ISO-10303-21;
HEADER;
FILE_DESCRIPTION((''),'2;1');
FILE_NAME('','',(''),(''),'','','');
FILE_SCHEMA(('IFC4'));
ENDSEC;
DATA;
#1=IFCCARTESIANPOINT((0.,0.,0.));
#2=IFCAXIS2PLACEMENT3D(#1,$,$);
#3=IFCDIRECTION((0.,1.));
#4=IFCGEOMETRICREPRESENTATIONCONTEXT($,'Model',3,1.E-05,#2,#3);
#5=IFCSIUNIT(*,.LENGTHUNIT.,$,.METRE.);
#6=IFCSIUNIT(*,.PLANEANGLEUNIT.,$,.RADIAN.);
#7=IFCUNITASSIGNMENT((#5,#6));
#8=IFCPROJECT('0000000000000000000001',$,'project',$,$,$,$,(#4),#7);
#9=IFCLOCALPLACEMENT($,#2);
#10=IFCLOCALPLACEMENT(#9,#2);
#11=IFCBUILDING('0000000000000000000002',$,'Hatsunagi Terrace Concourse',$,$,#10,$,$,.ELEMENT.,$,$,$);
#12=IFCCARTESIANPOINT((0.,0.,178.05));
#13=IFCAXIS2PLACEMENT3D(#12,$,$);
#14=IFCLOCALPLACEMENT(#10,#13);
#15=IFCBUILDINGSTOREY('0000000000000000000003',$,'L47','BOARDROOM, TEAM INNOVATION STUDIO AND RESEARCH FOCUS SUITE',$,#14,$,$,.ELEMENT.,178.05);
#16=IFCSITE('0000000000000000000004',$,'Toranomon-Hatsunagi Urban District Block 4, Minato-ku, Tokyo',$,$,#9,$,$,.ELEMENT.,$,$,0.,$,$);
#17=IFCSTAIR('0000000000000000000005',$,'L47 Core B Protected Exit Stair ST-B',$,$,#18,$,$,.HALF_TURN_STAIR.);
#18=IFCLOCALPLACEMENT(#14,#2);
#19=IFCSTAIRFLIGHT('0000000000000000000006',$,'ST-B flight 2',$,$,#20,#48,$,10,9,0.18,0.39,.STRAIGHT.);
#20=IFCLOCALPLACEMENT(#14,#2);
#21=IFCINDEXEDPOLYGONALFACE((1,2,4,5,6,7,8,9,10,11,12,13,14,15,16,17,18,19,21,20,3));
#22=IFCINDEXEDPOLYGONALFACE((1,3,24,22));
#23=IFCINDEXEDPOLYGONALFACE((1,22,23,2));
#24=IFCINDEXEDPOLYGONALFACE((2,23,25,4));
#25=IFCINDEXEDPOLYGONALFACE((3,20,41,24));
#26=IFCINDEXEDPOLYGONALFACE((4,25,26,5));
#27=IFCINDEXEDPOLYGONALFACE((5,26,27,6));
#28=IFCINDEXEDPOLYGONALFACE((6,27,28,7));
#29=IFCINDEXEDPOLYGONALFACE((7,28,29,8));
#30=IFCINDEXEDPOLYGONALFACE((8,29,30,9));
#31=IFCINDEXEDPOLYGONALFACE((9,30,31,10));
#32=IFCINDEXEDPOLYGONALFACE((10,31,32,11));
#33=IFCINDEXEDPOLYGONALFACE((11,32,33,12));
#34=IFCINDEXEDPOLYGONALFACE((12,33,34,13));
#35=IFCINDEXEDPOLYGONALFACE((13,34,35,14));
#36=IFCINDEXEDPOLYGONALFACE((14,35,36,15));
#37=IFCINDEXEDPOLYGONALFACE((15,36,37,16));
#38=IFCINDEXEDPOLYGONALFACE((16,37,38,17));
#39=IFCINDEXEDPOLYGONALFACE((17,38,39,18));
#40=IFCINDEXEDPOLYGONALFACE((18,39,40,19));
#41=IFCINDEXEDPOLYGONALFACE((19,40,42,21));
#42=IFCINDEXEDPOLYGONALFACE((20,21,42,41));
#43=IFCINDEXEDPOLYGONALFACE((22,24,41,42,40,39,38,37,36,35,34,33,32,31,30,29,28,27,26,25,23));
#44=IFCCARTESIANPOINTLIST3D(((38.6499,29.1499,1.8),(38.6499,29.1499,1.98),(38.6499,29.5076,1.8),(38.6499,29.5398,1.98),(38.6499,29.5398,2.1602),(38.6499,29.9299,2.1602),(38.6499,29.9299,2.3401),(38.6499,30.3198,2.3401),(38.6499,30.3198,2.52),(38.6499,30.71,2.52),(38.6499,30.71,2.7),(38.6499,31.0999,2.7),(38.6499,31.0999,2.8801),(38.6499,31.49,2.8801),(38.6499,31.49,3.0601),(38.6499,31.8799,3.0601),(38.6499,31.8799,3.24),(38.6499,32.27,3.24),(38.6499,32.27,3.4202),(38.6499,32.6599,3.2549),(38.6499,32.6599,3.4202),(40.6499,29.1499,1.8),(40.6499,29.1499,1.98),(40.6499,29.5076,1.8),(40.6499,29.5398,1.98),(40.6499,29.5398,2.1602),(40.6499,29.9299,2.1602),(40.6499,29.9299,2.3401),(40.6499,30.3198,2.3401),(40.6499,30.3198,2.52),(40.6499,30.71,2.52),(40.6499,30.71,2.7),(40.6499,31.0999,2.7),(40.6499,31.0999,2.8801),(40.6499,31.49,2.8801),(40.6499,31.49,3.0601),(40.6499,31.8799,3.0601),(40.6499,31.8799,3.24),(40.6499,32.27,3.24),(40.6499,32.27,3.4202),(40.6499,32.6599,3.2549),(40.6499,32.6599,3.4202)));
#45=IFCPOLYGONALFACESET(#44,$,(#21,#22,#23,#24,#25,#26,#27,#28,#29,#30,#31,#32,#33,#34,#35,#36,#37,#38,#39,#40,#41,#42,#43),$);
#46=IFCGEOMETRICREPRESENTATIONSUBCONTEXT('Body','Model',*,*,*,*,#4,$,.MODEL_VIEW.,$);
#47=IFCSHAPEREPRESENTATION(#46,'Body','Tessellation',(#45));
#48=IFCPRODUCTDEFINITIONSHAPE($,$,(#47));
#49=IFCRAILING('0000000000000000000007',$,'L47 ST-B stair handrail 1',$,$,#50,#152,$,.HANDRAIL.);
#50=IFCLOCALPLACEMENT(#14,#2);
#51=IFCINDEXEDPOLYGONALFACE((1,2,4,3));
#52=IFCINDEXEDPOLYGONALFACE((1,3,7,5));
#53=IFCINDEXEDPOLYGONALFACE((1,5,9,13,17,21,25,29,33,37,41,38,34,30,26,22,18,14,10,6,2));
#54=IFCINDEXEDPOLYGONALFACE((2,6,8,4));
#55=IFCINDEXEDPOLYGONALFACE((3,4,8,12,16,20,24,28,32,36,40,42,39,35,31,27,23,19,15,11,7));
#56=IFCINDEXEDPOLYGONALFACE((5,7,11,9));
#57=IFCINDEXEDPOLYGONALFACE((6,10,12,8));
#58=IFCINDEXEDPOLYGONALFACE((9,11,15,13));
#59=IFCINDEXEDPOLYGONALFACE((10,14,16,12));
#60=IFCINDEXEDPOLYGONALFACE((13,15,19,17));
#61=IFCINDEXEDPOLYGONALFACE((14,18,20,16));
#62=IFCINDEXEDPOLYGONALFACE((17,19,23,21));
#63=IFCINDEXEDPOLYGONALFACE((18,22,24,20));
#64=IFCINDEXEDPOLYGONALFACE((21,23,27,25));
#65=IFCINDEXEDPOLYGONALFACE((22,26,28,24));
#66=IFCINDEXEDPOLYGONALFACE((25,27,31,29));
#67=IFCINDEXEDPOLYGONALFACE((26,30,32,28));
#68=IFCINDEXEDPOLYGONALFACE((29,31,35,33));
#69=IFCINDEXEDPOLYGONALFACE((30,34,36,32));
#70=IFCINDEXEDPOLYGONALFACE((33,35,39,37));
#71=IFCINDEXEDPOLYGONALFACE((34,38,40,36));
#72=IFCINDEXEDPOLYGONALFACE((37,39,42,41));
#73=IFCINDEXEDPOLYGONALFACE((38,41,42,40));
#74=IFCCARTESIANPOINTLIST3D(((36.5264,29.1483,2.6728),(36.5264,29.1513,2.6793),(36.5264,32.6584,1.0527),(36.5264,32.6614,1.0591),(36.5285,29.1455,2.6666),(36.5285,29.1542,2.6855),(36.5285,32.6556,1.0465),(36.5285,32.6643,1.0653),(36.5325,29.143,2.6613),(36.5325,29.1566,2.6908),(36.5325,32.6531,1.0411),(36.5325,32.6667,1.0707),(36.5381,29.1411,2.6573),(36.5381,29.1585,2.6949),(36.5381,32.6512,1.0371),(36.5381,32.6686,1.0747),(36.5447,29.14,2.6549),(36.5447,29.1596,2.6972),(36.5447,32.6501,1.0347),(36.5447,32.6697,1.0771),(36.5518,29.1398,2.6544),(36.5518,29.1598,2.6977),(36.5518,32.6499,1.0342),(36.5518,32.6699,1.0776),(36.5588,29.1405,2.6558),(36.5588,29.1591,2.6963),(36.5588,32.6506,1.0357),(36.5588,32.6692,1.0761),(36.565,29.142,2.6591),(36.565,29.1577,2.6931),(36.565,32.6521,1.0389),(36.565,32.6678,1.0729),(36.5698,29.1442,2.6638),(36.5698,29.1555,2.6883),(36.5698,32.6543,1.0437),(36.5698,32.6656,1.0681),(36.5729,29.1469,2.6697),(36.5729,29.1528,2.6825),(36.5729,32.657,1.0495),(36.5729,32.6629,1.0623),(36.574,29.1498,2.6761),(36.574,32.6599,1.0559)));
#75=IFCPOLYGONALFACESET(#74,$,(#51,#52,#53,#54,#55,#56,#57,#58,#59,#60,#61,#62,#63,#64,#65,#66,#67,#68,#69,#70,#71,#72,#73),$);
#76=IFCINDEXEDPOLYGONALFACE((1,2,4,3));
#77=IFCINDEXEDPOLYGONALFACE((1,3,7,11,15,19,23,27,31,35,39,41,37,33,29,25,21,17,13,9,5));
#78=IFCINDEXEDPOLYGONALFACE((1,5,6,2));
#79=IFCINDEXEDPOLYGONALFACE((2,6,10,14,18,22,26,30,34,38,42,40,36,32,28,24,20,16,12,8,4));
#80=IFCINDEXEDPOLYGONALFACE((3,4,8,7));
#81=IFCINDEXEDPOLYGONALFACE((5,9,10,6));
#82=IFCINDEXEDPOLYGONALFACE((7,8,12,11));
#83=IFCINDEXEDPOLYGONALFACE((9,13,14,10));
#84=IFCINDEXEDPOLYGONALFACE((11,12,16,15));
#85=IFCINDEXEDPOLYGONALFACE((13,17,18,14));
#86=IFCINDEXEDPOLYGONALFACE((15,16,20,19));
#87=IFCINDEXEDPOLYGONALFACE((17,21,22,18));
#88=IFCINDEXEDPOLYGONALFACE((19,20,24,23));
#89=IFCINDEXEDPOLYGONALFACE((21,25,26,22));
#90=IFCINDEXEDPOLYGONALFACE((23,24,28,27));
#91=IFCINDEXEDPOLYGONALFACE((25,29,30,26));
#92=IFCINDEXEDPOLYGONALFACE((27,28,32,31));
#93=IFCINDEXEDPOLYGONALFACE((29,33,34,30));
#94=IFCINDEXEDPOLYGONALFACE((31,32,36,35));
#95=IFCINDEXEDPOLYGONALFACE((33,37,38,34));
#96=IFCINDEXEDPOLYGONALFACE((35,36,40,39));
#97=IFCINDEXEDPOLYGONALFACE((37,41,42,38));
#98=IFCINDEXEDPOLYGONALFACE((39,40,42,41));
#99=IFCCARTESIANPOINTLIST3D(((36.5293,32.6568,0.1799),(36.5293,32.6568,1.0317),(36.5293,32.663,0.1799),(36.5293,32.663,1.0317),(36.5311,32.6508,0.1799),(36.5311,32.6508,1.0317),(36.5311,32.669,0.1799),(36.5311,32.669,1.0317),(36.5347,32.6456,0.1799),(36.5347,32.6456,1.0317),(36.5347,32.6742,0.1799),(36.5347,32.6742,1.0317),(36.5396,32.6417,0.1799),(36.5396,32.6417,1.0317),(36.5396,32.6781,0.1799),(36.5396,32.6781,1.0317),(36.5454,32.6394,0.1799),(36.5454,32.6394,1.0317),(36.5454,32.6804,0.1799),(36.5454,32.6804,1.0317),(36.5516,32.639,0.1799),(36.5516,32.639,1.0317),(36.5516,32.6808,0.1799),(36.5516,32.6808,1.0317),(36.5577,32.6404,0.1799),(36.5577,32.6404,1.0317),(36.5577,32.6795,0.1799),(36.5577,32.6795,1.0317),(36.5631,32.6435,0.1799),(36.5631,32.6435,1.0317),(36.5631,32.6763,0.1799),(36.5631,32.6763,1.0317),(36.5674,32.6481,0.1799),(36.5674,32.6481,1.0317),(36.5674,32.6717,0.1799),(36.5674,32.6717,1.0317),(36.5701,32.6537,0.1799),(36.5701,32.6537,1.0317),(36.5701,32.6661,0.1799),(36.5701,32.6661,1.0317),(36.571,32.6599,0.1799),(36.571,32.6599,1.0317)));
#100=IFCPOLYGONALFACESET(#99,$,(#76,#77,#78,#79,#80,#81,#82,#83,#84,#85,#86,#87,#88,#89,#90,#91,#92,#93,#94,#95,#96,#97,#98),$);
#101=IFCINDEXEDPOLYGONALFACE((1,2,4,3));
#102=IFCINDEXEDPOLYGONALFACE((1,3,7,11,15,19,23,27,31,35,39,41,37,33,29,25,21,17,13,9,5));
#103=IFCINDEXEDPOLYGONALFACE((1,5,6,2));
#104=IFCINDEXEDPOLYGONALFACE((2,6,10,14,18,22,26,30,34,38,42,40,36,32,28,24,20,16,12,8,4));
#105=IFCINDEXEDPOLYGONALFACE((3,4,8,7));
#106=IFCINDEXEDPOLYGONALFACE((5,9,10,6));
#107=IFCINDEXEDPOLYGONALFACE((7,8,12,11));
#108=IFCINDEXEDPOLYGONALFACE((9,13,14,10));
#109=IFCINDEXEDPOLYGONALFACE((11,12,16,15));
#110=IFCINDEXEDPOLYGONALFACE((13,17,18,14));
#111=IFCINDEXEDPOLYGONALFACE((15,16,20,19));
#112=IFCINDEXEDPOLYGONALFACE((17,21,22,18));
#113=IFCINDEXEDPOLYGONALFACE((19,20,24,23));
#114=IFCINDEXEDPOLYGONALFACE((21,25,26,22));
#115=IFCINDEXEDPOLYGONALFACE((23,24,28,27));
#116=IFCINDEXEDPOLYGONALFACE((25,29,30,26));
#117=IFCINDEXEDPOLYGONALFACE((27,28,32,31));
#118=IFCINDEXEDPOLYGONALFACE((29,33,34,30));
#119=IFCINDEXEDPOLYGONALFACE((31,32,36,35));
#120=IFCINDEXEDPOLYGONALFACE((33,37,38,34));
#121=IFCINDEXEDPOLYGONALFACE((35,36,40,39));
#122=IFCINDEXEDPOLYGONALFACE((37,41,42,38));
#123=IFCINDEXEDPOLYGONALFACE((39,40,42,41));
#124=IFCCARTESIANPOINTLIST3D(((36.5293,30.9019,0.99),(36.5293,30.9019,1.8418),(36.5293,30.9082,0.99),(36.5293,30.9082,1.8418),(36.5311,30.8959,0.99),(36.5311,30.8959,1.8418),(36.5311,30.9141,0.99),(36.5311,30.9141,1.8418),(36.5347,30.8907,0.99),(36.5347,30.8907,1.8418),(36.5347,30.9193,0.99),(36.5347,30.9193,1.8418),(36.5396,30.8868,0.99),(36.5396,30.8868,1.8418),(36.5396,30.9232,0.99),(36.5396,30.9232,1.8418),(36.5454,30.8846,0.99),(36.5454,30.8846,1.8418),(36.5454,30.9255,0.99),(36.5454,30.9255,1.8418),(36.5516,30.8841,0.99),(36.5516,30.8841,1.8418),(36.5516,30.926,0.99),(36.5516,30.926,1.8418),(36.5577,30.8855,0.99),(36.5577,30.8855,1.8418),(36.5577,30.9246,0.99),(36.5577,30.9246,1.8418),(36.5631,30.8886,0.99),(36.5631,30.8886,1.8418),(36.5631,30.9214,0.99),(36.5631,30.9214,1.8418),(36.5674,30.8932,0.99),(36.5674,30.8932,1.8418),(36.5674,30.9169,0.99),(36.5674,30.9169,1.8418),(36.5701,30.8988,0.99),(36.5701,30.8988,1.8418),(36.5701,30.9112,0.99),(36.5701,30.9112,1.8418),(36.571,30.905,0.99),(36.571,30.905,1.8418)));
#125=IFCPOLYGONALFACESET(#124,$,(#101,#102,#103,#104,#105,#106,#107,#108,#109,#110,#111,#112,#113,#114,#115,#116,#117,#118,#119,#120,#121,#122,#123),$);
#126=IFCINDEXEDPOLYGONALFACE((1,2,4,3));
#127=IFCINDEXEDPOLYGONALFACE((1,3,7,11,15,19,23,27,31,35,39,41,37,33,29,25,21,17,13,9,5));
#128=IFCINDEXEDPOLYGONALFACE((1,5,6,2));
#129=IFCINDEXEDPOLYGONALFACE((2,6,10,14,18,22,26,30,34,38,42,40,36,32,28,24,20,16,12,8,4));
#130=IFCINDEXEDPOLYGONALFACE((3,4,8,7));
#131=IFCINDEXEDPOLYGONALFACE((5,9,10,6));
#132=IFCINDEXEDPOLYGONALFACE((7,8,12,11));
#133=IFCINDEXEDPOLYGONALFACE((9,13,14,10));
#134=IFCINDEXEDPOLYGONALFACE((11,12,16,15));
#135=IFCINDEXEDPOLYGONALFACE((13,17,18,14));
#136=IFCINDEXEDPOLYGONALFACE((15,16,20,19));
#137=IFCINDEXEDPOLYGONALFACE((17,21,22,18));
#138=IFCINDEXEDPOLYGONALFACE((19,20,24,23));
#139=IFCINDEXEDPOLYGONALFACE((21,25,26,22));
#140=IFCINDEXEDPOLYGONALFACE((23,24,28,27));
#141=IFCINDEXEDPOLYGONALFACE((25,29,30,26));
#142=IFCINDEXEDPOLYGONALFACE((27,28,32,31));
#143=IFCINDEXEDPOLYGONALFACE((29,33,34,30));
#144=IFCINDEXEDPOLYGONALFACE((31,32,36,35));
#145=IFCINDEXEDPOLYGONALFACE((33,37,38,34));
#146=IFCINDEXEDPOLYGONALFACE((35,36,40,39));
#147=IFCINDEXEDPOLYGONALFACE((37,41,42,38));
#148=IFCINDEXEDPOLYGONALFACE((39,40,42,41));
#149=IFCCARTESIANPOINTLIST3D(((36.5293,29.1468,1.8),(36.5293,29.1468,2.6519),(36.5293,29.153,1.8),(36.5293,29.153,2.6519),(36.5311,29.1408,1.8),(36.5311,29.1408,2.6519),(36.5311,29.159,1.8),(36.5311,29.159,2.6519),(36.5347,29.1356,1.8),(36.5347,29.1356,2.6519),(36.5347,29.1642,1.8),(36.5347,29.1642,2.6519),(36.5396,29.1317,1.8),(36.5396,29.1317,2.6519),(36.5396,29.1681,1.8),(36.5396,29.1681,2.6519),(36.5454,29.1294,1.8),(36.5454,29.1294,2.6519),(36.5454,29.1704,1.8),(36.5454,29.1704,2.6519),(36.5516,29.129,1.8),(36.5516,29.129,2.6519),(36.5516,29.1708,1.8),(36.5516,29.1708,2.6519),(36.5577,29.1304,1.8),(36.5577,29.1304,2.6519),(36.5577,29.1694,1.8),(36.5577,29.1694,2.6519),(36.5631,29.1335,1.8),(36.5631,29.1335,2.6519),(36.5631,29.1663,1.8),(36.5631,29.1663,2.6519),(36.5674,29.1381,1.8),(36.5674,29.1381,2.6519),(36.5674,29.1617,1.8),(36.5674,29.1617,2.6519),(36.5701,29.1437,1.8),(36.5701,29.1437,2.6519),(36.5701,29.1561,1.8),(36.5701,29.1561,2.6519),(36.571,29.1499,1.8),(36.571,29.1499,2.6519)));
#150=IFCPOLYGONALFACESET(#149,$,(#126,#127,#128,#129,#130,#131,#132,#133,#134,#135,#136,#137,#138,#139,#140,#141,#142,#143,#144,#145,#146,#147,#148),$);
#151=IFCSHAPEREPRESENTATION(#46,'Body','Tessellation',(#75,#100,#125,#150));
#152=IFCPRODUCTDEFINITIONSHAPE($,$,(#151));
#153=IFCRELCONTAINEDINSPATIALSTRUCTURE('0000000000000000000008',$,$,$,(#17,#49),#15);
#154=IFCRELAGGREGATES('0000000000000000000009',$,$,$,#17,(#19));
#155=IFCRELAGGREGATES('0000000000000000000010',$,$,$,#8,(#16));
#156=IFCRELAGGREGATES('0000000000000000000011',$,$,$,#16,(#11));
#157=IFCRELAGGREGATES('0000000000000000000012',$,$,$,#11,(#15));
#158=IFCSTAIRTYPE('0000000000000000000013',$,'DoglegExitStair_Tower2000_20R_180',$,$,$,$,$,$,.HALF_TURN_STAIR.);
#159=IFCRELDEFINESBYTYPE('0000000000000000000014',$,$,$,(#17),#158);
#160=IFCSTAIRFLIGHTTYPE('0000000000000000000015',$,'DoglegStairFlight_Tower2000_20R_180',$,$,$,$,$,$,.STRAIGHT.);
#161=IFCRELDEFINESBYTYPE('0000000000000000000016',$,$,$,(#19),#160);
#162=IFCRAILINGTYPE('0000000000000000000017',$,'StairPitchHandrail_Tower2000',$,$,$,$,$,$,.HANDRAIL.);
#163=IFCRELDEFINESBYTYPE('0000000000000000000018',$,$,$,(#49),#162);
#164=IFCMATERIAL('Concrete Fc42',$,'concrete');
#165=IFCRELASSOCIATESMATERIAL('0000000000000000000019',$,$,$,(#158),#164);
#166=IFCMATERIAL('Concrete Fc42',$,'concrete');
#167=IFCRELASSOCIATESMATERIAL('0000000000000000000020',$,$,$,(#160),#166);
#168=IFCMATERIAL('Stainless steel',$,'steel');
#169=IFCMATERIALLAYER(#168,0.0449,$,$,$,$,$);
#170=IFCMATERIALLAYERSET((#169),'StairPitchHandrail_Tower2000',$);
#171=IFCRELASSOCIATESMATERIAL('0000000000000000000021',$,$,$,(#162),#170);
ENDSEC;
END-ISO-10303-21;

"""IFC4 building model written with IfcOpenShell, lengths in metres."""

from ifc_helpers import new_model, si_unit, direction, frame, origin, origin_2d, place, context, subcontext, project, spatial, polyline, circle, outline, extrude, material, layer, layer_set, type_object, element, aggregate, save


model = new_model("IFC4")

# Units and contexts
model_context = context("Model", 3, precision=1e-05, world=origin(), true_north=direction((0.0, 1.0)))
body_context = subcontext(model_context, "Body", "Model", "MODEL_VIEW")
ifc_project = project(units=[si_unit("LENGTHUNIT", "METRE"), si_unit("PLANEANGLEUNIT", "RADIAN")], contexts=[model_context])

# Site, building, storey
site_placement = place(None, origin())
site = spatial("IfcSite", under=ifc_project, at=site_placement, Name="Toranomon-Hatsunagi Urban District Block 4, Minato-ku, Tokyo", CompositionType="ELEMENT", RefElevation=0.0)
building_placement = place(site_placement, origin())
building = spatial("IfcBuilding", under=site, at=building_placement, Name="Hatsunagi Terrace Concourse", CompositionType="ELEMENT")
storey_placement = place(building_placement, frame((0.0, 0.0, 178.05)))
storey = spatial("IfcBuildingStorey", under=building, at=storey_placement, Name="L47", Description="BOARDROOM, TEAM INNOVATION STUDIO AND RESEARCH FOCUS SUITE", CompositionType="ELEMENT", Elevation=178.05)

# Stair, stair flight
ifc_material_1 = material(Name="Concrete Fc42", Category="concrete")
stair_type = type_object("IfcStairType", Name="DoglegExitStair_Tower2000_20R_180", PredefinedType="HALF_TURN_STAIR", material=ifc_material_1)
stair_placement = place(storey_placement, origin())
stair = element("IfcStair", 1, at=stair_placement, inside=storey, type_object=stair_type, Name="L47 Core B Protected Exit Stair ST-B", PredefinedType="HALF_TURN_STAIR")
ifc_material_2 = material(Name="Concrete Fc42", Category="concrete")
stair_flight_type = type_object("IfcStairFlightType", Name="DoglegStairFlight_Tower2000_20R_180", PredefinedType="STRAIGHT", material=ifc_material_2)
stair_flight_1_placement = place(storey_placement, frame((39.6499, 29.1499, 1.8), z_axis=(0.0, 0.0, 1.0), x_axis=(0.0, 1.0, 0.0)))
stair_flight_1 = element("IfcStairFlight", 2, at=stair_flight_1_placement, type_object=stair_flight_type, Name="ST-B flight 2", NumberOfRisers=10, NumberOfTreads=9, PredefinedType="STRAIGHT", RiserHeight=0.18, TreadLength=0.39, context=body_context, shape_type="SweptSolid", body=[
    extrude(outline(polyline([(0.0, 0.0), (0.0, 0.1799), (0.3899, 0.1799), (0.3899, 0.3601), (0.78, 0.3601), (0.78, 0.54), (1.1699, 0.54), (1.1699, 0.72), (1.5601, 0.72), (1.5601, 0.8999), (1.95, 0.8999), (1.95, 1.0801), (2.3401, 1.0801), (2.3401, 1.26), (2.73, 1.26), (2.73, 1.4399), (3.1201, 1.4399), (3.1201, 1.6201), (3.51, 1.6201), (3.51, 1.8), (3.51, 1.4548), (0.3577, 0.0), (0.0, 0.0)])), frame((0.0, 1.0, 0.0), z_axis=(0.0, -1.0, 0.0), x_axis=(1.0, 0.0, 0.0)), (0.0, 0.0, 1.0), 2.0),
])
aggregate(stair, [stair_flight_1])

# Railing
ifc_material_3 = material(Name="Stainless steel", Category="steel")
ifc_layer_1 = layer(ifc_material_3, 0.0449)
ifc_layer_set_1 = layer_set([ifc_layer_1], Name="StairPitchHandrail_Tower2000")
railing_type_1 = type_object("IfcRailingType", Name="StairPitchHandrail_Tower2000", PredefinedType="HANDRAIL", material=ifc_layer_set_1)
railing_1_placement = place(storey_placement, frame((36.55, 32.6599, 0.1799)))
element("IfcRailing", 3, at=railing_1_placement, inside=storey, type_object=railing_type_1, Name="L47 ST-B stair handrail 1", PredefinedType="HANDRAIL", context=body_context, shape_type="SweptSolid", body=[
    extrude(circle(Radius=0.0239, at=origin_2d()), frame((0.0, 0.0, 0.876), z_axis=(0.0, -0.907948, 0.419082), x_axis=(1.0, 0.0, 0.0)), (0.0, 0.0, 1.0), 3.866),
    extrude(circle(Radius=0.021, at=origin_2d()), origin(), (0.0, 0.0, 1.0), 0.8518),
    extrude(circle(Radius=0.021, at=origin_2d()), frame((0.0, -1.7549, 0.8101)), (0.0, 0.0, 1.0), 0.8518),
    extrude(circle(Radius=0.021, at=origin_2d()), frame((0.0, -3.51, 1.6201)), (0.0, 0.0, 1.0), 0.8518),
])

save(model, "model.ifc")
